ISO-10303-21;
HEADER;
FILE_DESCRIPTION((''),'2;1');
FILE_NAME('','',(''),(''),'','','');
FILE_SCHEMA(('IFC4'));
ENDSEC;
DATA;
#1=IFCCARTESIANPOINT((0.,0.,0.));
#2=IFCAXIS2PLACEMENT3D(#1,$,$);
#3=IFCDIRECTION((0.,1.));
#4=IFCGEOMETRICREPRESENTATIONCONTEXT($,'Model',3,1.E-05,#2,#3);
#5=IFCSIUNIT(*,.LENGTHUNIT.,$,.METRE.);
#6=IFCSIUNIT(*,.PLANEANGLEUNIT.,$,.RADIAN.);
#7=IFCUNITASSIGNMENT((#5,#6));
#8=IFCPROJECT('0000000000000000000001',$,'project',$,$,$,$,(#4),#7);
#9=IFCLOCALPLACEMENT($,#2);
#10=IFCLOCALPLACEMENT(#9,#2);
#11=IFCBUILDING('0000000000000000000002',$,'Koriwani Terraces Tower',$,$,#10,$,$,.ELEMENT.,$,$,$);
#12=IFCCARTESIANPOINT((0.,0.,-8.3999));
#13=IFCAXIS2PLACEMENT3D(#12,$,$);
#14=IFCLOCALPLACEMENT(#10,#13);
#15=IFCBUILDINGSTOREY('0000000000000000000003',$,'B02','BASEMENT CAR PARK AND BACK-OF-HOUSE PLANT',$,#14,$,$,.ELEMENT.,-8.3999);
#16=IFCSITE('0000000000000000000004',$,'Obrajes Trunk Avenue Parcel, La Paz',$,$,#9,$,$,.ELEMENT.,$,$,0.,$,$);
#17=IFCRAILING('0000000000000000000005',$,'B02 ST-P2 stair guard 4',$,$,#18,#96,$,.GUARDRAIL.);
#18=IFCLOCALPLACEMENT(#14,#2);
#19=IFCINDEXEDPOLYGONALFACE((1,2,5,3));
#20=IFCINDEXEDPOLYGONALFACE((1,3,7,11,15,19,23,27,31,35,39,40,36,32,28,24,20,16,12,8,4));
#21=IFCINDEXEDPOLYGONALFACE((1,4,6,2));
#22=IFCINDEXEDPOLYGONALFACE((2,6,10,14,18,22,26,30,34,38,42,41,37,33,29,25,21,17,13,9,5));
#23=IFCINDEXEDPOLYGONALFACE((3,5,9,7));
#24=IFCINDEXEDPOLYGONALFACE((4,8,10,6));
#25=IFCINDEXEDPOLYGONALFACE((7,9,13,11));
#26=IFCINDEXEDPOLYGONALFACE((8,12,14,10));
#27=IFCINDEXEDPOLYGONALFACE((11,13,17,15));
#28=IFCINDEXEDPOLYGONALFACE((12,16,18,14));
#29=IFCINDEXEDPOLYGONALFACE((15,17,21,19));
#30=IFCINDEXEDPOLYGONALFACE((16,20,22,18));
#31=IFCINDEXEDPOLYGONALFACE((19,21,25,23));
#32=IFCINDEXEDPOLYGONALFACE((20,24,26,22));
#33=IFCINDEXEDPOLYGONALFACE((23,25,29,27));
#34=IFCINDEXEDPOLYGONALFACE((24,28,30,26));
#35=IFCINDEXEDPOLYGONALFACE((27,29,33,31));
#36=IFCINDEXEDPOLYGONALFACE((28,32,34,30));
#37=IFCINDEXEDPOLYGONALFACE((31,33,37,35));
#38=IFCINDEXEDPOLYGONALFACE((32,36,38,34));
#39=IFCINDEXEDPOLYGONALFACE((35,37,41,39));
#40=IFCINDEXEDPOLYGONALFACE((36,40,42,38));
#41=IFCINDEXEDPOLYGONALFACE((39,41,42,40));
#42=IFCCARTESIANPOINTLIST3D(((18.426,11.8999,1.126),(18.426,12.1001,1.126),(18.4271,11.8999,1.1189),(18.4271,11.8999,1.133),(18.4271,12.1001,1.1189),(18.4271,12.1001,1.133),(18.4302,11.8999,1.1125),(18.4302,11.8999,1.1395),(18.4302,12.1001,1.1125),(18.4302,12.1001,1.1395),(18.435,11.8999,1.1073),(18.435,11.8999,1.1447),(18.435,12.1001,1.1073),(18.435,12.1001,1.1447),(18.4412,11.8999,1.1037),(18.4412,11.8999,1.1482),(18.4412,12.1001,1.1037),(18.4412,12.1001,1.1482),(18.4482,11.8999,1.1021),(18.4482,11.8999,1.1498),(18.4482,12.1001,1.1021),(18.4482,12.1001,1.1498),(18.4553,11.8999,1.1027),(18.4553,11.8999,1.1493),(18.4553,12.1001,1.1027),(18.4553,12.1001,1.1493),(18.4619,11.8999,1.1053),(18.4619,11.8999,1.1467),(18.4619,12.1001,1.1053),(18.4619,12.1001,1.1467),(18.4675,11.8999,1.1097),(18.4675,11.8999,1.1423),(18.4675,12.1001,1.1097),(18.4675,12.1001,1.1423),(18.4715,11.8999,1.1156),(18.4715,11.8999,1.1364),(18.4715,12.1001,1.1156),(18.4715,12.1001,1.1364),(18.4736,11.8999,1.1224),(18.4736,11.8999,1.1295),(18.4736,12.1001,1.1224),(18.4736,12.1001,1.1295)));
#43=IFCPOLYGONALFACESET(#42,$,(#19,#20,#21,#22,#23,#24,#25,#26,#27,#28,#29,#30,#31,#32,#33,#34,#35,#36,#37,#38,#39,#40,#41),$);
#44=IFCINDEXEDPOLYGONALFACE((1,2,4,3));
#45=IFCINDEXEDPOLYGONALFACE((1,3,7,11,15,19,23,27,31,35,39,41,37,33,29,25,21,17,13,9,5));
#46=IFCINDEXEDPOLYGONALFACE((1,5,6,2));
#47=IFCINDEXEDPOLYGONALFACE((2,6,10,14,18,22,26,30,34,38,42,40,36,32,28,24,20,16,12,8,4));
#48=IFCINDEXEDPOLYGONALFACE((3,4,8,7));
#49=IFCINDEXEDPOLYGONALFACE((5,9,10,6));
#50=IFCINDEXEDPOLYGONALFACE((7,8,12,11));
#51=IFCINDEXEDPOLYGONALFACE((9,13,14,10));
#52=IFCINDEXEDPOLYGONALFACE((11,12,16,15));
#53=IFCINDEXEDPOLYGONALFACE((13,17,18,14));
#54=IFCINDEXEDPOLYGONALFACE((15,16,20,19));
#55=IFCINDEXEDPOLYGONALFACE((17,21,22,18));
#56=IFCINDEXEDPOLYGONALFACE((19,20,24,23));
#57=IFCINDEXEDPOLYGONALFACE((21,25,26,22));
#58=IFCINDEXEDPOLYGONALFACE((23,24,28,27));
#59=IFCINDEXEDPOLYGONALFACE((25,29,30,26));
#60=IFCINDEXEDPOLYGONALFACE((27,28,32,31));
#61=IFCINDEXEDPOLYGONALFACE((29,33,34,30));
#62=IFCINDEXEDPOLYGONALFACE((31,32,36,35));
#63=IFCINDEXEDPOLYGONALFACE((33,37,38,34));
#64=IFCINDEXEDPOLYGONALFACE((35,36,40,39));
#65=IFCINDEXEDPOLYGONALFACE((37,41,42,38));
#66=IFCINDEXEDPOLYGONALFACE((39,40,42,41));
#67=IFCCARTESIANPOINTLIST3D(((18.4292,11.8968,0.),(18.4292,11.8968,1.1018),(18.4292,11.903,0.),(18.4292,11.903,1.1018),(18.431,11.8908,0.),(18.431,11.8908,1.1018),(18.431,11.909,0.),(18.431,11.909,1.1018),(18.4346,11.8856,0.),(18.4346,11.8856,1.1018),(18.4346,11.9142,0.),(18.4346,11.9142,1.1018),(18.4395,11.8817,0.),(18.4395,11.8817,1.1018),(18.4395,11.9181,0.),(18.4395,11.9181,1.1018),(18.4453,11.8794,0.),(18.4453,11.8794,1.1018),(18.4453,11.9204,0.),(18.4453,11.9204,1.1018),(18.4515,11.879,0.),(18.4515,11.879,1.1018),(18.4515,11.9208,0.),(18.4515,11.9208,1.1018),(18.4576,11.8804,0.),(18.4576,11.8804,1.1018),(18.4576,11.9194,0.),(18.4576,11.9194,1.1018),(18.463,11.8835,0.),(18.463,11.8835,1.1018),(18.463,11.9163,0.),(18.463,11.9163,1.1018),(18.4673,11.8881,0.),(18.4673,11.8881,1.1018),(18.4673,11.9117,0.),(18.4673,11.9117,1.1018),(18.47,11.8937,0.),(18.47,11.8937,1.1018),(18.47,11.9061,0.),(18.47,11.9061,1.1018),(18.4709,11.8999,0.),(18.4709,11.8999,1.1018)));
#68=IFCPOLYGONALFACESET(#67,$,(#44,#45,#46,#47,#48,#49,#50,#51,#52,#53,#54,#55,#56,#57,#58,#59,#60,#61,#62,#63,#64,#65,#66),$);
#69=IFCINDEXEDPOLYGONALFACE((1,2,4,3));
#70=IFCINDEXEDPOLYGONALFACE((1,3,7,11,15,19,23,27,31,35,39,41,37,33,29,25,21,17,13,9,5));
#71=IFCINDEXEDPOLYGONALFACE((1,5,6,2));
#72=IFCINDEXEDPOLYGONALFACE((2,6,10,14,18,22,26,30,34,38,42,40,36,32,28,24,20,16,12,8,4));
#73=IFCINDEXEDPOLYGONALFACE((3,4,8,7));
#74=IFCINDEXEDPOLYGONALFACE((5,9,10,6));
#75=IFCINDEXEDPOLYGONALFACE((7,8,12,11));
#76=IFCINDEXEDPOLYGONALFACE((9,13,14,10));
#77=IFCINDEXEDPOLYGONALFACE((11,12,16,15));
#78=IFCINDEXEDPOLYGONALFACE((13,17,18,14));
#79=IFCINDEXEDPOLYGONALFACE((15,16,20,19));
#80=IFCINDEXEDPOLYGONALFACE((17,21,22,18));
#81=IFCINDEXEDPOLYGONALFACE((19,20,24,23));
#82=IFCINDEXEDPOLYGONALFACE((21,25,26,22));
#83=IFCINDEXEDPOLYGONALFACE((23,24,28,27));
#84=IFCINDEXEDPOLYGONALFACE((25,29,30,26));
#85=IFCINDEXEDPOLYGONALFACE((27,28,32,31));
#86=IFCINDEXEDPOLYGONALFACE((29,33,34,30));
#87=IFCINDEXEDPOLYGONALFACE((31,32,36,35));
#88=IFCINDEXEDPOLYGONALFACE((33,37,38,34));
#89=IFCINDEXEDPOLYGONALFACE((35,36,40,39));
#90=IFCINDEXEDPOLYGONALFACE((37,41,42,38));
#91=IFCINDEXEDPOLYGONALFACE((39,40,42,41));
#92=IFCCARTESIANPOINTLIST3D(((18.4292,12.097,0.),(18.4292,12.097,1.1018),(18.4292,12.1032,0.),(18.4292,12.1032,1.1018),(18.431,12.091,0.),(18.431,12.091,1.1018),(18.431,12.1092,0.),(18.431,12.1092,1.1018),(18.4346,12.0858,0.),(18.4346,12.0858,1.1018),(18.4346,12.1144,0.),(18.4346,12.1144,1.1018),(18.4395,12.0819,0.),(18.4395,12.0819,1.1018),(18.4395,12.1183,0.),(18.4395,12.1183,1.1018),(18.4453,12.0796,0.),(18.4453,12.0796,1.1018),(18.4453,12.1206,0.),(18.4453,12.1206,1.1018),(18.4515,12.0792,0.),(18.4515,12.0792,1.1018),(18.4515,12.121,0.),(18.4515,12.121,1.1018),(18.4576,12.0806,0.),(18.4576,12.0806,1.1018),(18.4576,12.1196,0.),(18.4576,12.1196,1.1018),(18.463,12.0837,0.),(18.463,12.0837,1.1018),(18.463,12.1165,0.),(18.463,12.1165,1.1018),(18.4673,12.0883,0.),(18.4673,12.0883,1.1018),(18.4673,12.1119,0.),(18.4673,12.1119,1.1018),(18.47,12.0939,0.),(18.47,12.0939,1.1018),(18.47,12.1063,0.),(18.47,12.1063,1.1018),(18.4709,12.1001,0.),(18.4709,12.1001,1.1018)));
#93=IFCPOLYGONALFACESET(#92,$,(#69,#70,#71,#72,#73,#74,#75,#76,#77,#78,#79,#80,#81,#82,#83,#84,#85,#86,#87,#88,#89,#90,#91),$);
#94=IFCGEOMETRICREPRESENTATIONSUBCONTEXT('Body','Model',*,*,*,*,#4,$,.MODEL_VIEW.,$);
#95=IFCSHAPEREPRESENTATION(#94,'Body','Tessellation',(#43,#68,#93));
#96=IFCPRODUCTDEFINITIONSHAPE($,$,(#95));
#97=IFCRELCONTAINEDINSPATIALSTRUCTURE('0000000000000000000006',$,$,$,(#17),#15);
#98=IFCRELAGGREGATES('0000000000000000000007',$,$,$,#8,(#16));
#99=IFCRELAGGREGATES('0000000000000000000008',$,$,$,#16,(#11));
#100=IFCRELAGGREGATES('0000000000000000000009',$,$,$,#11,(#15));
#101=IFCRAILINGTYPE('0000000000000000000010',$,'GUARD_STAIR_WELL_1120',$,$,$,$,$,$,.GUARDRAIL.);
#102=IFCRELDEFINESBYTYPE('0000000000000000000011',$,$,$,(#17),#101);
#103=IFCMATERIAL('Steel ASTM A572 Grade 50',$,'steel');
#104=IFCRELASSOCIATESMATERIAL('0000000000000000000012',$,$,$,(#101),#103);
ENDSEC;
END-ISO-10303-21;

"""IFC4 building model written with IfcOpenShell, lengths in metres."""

from ifc_helpers import new_model, si_unit, direction, frame, origin, origin_2d, place, context, subcontext, project, spatial, circle, extrude, material, type_object, element, save


model = new_model("IFC4")

# Units and contexts
model_context = context("Model", 3, precision=1e-05, world=origin(), true_north=direction((0.0, 1.0)))
body_context = subcontext(model_context, "Body", "Model", "MODEL_VIEW")
ifc_project = project(units=[si_unit("LENGTHUNIT", "METRE"), si_unit("PLANEANGLEUNIT", "RADIAN")], contexts=[model_context])

# Site, building, storey
site_placement = place(None, origin())
site = spatial("IfcSite", under=ifc_project, at=site_placement, Name="Obrajes Trunk Avenue Parcel, La Paz", CompositionType="ELEMENT", RefElevation=0.0)
building_placement = place(site_placement, origin())
building = spatial("IfcBuilding", under=site, at=building_placement, Name="Koriwani Terraces Tower", CompositionType="ELEMENT")
storey_placement = place(building_placement, frame((0.0, 0.0, -8.3999)))
storey = spatial("IfcBuildingStorey", under=building, at=storey_placement, Name="B02", Description="BASEMENT CAR PARK AND BACK-OF-HOUSE PLANT", CompositionType="ELEMENT", Elevation=-8.3999)

# Shared definitions
ifc_material_1 = material(Name="Steel ASTM A572 Grade 50", Category="steel")

# Railing
railing_type_1 = type_object("IfcRailingType", Name="GUARD_STAIR_WELL_1120", PredefinedType="GUARDRAIL", material=ifc_material_1)
railing_1_placement = place(storey_placement, frame((18.45, 11.8999, 0.0)))
element("IfcRailing", 1, at=railing_1_placement, inside=storey, type_object=railing_type_1, Name="B02 ST-P2 stair guard 4", PredefinedType="GUARDRAIL", context=body_context, shape_type="SweptSolid", body=[
    extrude(circle(Radius=0.0239, at=origin_2d()), frame((0.0, 0.0, 1.126), z_axis=(0.0, 1.0, 0.0), x_axis=(-1.0, 0.0, 0.0)), (0.0, 0.0, 1.0), 0.2002),
    extrude(circle(Radius=0.021, at=origin_2d()), origin(), (0.0, 0.0, 1.0), 1.1018),
    extrude(circle(Radius=0.021, at=origin_2d()), frame((0.0, 0.2002, 0.0)), (0.0, 0.0, 1.0), 1.1018),
])

save(model, "model.ifc")
